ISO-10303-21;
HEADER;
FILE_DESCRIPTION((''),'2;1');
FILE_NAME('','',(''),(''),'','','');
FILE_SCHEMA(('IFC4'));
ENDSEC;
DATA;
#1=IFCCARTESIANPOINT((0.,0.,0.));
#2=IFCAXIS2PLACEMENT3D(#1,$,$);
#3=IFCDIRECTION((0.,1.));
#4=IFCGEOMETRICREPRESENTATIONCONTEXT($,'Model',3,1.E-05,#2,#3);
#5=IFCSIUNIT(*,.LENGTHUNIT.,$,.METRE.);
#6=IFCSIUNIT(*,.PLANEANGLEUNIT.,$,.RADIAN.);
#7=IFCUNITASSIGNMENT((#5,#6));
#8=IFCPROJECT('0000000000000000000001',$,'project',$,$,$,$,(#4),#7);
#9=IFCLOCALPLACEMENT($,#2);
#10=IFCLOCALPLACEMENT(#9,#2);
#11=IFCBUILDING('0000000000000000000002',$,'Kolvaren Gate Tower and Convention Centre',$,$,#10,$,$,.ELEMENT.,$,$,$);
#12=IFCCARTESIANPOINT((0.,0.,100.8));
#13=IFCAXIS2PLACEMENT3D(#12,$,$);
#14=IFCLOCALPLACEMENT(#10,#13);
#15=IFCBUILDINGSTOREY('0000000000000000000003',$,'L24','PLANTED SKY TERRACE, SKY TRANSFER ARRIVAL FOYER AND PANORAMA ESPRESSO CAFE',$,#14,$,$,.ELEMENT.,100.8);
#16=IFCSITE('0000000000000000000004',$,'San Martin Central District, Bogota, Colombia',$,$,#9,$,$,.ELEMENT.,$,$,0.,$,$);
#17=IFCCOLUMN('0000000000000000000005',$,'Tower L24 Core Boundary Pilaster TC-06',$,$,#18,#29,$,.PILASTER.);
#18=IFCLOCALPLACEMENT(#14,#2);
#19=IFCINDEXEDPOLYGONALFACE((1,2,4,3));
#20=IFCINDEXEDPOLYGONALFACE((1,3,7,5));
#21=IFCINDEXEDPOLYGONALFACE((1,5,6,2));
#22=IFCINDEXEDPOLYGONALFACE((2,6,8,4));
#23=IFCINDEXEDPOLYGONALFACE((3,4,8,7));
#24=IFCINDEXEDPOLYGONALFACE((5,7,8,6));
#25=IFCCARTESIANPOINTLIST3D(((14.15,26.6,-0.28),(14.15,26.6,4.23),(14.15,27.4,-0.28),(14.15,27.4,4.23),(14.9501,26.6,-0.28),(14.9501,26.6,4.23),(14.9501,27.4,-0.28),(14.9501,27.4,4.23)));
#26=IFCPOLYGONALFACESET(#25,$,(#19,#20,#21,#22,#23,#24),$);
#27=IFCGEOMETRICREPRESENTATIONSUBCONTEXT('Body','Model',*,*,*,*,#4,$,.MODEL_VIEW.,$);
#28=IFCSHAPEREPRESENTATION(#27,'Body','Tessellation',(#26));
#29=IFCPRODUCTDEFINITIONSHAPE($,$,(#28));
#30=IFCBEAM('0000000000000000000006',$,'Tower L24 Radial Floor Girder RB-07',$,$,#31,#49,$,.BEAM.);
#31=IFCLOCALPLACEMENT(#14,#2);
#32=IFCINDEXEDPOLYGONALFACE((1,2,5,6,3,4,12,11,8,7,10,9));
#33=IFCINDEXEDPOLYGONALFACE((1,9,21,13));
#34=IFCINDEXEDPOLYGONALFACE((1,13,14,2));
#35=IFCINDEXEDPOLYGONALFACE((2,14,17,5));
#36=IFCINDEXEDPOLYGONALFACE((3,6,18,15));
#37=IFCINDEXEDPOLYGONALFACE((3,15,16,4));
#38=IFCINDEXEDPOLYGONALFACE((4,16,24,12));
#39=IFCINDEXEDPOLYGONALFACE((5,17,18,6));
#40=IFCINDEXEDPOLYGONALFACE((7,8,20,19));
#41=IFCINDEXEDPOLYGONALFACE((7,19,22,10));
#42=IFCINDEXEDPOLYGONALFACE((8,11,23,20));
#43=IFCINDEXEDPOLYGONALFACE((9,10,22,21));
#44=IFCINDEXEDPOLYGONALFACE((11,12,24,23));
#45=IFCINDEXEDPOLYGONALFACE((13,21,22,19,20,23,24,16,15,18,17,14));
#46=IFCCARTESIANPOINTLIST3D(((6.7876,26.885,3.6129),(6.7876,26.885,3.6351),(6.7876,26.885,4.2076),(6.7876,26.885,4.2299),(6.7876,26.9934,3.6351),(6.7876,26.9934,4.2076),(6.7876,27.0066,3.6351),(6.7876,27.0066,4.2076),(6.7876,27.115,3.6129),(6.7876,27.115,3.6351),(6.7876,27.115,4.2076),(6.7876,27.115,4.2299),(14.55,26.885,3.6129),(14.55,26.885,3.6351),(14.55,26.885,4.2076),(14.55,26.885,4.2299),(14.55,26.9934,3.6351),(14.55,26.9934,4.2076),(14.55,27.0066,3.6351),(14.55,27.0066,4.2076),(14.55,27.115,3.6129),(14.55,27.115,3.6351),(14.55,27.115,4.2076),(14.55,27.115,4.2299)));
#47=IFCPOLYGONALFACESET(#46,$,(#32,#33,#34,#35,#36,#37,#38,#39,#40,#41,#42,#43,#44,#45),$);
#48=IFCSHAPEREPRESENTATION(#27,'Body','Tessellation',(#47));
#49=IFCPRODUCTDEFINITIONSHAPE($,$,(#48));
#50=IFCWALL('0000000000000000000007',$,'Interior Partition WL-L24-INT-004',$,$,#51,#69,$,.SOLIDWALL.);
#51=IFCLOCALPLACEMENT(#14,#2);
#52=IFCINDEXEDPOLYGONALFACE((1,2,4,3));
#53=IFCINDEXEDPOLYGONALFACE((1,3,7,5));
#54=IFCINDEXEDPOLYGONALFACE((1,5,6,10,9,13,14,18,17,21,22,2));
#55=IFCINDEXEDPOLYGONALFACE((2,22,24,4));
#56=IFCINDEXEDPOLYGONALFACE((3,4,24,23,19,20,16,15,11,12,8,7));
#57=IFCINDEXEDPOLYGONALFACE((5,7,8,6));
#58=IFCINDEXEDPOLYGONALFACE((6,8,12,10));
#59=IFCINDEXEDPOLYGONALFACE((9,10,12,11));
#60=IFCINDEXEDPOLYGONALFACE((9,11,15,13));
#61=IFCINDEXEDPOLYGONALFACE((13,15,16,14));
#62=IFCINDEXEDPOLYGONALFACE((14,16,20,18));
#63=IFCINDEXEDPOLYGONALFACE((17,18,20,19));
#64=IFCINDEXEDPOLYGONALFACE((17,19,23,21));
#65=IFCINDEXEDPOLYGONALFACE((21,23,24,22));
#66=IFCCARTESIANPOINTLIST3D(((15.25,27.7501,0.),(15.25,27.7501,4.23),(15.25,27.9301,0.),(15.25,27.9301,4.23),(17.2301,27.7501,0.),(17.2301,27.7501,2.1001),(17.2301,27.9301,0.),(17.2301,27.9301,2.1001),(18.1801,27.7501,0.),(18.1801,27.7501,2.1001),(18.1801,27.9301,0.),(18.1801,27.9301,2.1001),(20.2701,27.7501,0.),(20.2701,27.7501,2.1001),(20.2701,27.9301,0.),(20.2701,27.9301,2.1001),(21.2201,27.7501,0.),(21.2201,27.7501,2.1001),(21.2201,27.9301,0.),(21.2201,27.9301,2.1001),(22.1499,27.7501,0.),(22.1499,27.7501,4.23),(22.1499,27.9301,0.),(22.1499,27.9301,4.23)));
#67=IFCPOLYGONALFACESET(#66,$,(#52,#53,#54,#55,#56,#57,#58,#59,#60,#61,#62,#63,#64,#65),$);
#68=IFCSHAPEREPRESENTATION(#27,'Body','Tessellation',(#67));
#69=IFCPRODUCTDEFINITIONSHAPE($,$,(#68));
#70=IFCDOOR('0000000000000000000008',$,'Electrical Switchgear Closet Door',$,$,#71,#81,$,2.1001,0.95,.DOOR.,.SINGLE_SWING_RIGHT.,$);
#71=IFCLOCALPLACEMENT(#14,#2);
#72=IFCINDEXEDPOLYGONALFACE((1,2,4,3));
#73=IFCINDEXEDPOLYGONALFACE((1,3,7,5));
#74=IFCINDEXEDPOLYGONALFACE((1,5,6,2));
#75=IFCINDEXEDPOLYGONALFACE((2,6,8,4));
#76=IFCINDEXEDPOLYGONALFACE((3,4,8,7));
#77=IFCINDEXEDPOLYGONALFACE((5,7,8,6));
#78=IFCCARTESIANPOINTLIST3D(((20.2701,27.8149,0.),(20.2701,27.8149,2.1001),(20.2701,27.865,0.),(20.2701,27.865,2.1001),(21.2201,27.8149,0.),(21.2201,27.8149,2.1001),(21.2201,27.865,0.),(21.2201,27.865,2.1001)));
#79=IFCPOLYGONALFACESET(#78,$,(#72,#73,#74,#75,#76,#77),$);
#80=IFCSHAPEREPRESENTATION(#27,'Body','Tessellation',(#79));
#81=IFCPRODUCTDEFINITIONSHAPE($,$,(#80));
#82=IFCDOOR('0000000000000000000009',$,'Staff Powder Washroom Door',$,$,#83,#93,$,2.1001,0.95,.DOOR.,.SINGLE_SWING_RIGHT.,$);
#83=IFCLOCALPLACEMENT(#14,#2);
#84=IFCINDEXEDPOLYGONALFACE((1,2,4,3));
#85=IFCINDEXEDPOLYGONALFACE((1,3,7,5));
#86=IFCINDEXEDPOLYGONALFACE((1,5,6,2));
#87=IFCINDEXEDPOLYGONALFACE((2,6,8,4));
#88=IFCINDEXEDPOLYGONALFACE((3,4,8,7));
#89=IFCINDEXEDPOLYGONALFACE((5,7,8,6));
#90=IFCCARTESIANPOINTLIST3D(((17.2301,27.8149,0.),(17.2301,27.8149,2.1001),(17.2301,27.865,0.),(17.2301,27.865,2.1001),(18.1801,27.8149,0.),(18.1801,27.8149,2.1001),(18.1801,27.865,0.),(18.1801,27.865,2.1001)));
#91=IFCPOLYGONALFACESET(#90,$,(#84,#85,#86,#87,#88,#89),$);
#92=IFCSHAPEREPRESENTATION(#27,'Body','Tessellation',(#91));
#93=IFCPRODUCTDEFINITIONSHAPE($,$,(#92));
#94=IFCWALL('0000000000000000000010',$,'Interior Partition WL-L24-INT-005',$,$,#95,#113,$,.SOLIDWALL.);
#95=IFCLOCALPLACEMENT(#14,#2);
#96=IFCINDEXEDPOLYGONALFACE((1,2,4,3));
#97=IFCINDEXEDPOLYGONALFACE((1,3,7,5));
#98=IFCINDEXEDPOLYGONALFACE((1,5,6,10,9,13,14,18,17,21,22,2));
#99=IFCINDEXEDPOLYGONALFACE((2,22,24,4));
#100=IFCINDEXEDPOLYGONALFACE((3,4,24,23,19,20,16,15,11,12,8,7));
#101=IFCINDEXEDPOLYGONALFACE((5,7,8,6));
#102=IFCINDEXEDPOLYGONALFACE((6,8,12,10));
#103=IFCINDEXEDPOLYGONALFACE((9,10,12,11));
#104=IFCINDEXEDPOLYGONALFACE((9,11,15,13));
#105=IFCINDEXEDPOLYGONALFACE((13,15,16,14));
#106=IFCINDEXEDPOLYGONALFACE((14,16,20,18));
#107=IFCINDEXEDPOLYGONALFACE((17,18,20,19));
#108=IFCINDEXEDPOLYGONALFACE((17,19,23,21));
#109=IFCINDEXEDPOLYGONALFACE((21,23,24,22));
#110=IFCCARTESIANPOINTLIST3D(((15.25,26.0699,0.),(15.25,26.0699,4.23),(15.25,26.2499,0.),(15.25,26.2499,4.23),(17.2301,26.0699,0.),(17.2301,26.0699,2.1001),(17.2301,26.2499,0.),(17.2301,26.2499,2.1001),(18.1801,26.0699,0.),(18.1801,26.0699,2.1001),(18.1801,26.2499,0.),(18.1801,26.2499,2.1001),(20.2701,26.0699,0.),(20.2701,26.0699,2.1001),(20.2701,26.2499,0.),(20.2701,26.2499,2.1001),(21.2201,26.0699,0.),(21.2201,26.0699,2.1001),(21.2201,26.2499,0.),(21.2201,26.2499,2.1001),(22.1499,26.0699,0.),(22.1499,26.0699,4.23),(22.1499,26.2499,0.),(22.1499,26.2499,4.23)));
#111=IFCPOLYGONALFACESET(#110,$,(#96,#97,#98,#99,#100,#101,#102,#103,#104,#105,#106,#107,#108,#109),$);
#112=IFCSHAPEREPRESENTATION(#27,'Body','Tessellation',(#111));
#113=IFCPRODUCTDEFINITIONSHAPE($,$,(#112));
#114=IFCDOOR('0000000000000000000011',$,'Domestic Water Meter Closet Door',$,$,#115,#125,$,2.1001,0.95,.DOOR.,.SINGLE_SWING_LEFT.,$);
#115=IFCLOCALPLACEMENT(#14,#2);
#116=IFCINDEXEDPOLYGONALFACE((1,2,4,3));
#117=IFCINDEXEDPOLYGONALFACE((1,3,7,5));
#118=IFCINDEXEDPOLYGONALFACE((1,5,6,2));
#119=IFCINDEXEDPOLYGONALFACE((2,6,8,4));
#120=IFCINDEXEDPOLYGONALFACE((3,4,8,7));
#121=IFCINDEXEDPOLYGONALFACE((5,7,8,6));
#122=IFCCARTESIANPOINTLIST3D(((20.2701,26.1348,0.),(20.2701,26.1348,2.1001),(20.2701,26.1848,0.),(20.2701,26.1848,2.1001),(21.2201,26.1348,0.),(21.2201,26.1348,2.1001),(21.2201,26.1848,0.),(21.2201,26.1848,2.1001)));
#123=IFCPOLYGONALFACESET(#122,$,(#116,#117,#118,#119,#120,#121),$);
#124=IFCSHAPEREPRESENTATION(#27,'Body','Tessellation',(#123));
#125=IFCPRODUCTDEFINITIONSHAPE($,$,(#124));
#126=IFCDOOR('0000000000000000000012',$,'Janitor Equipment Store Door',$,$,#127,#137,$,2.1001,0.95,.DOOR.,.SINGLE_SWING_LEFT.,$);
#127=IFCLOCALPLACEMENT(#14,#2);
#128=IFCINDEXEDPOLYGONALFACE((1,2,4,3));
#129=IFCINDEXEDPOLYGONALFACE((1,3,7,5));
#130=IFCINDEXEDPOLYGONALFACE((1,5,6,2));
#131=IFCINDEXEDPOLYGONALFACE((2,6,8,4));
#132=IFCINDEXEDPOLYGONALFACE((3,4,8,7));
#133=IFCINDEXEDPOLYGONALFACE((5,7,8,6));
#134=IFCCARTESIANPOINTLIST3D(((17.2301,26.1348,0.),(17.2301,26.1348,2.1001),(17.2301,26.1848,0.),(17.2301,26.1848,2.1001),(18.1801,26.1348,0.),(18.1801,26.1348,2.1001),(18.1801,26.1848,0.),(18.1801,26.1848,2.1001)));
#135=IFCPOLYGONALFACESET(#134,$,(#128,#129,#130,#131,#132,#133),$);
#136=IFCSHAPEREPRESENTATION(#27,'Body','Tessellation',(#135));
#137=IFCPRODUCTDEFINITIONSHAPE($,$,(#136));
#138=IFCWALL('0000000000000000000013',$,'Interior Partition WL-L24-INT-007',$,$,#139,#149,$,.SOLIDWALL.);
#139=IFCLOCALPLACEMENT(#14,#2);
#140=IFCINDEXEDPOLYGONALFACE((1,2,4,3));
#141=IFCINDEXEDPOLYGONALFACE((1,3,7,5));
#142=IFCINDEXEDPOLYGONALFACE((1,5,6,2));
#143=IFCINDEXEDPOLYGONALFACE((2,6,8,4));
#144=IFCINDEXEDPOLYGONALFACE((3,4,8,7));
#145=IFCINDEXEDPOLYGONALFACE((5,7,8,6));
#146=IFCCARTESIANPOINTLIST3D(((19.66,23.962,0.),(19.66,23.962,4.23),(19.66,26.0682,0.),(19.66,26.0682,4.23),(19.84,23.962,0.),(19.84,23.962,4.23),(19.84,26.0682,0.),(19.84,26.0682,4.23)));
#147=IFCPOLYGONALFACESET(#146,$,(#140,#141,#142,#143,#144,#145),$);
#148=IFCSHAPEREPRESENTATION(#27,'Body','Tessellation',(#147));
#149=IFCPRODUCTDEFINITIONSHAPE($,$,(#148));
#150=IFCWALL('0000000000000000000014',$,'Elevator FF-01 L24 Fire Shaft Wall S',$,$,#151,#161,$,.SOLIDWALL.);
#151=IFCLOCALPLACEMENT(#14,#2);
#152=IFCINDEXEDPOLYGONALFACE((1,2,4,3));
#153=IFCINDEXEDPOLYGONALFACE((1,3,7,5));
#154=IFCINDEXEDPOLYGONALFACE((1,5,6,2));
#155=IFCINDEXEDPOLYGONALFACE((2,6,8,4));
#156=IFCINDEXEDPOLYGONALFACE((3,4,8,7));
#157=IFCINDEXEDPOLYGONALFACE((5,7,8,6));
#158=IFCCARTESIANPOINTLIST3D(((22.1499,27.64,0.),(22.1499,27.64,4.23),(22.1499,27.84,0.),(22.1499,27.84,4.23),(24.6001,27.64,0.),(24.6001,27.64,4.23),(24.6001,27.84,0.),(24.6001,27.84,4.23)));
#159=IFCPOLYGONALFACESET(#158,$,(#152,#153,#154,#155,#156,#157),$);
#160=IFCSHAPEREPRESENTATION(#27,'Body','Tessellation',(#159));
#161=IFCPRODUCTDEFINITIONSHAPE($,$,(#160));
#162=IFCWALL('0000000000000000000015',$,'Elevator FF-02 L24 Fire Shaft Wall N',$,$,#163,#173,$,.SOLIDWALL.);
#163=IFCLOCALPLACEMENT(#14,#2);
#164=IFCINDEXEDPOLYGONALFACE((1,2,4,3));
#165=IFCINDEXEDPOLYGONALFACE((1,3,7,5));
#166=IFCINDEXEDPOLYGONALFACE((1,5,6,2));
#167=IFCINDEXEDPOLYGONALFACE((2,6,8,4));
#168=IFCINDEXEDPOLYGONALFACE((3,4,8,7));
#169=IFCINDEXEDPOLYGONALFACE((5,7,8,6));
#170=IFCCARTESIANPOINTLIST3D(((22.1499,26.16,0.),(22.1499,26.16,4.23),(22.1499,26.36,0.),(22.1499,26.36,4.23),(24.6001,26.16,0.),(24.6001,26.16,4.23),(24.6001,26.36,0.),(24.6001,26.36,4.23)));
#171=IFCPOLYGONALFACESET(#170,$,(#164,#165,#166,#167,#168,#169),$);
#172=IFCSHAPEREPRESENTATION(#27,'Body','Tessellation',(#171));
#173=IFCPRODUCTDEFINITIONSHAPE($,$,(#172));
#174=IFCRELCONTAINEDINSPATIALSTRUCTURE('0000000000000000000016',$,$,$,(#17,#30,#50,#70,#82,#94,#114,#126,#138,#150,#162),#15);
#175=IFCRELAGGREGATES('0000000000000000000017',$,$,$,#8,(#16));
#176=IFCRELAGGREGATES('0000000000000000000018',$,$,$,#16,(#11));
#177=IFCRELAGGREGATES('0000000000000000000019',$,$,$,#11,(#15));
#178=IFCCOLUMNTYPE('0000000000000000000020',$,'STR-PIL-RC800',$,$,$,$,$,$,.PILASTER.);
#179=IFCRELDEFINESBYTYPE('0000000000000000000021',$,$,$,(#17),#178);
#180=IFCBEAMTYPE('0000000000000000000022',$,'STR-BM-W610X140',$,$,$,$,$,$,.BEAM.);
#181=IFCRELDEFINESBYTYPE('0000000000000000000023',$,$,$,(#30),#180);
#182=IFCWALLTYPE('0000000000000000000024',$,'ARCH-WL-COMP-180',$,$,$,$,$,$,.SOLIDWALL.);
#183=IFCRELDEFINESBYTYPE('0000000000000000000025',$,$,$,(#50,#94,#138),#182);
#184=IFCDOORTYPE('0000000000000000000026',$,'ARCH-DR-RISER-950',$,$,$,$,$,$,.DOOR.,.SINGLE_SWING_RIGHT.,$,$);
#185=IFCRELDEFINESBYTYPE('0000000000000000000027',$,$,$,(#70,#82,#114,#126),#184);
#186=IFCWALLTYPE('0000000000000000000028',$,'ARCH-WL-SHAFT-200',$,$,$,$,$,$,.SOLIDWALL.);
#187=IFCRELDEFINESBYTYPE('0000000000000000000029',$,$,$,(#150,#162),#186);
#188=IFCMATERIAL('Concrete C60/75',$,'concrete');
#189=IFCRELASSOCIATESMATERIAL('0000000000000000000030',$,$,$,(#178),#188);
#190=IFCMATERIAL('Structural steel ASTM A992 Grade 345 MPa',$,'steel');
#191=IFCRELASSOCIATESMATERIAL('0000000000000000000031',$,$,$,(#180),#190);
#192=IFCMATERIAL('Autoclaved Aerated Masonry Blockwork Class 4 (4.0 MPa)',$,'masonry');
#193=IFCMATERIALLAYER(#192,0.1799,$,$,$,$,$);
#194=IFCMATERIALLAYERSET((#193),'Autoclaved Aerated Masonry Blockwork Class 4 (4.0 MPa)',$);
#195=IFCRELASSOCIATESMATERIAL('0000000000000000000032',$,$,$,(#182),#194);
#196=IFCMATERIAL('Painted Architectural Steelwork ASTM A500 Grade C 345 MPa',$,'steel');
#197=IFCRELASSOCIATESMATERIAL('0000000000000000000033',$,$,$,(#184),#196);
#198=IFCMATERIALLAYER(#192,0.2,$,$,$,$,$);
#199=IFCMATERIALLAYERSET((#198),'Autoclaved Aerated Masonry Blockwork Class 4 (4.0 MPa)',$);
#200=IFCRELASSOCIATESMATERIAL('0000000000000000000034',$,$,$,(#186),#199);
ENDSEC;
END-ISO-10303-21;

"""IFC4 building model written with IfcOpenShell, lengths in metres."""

from ifc_helpers import new_model, si_unit, direction, frame, frame_2d, origin, origin_2d, place, context, subcontext, project, spatial, rectangle, i_section, extrude, material, layer, layer_set, material_profile, profile_set, type_object, element, fill, save


model = new_model("IFC4")

# Units and contexts
model_context = context("Model", 3, precision=1e-05, world=origin(), true_north=direction((0.0, 1.0)))
body_context = subcontext(model_context, "Body", "Model", "MODEL_VIEW")
ifc_project = project(units=[si_unit("LENGTHUNIT", "METRE"), si_unit("PLANEANGLEUNIT", "RADIAN")], contexts=[model_context])

# Site, building, storey
site_placement = place(None, origin())
site = spatial("IfcSite", under=ifc_project, at=site_placement, Name="San Martin Central District, Bogota, Colombia", CompositionType="ELEMENT", RefElevation=0.0)
building_placement = place(site_placement, origin())
building = spatial("IfcBuilding", under=site, at=building_placement, Name="Kolvaren Gate Tower and Convention Centre", CompositionType="ELEMENT")
storey_placement = place(building_placement, frame((0.0, 0.0, 100.8)))
storey = spatial("IfcBuildingStorey", under=building, at=storey_placement, Name="L24", Description="PLANTED SKY TERRACE, SKY TRANSFER ARRIVAL FOYER AND PANORAMA ESPRESSO CAFE", CompositionType="ELEMENT", Elevation=100.8)

# Column
ifc_material_1 = material(Name="Concrete C60/75", Category="concrete")
ifc_material_profile_1 = material_profile(ifc_material_1, rectangle(XDim=0.8, YDim=0.8, at=origin_2d()), Name="RC-COL-800X800")
ifc_profile_set_1 = profile_set([ifc_material_profile_1], Name="Concrete C60/75")
column_type = type_object("IfcColumnType", Name="STR-PIL-RC800", PredefinedType="PILASTER", material=ifc_profile_set_1)
column_placement = place(storey_placement, frame((14.55, 27.0, -0.28), z_axis=(0.0, 0.0, 1.0), x_axis=(1.0, 0.0, 0.0)))
element("IfcColumn", 1, at=column_placement, inside=storey, type_object=column_type, Name="Tower L24 Core Boundary Pilaster TC-06", PredefinedType="PILASTER", context=body_context, shape_type="SweptSolid", body=[
    extrude(rectangle(XDim=0.8, YDim=0.8, at=origin_2d()), origin(), (0.0, 0.0, 1.0), 4.51),
])

# Beam
ifc_material_2 = material(Name="Structural steel ASTM A992 Grade 345 MPa", Category="steel")
ifc_material_profile_2 = material_profile(ifc_material_2, i_section(OverallWidth=0.23, OverallDepth=0.6169, WebThickness=0.0132, FlangeThickness=0.0222, at=origin_2d()), Name="W610X140")
ifc_profile_set_2 = profile_set([ifc_material_profile_2], Name="Structural steel ASTM A992 Grade 345 MPa")
beam_type = type_object("IfcBeamType", Name="STR-BM-W610X140", PredefinedType="BEAM", material=ifc_profile_set_2)
beam_placement = place(storey_placement, frame((14.55, 27.0, 3.9214), z_axis=(-1.0, 0.0, 0.0), x_axis=(0.0, -1.0, 0.0)))
element("IfcBeam", 2, at=beam_placement, inside=storey, type_object=beam_type, Name="Tower L24 Radial Floor Girder RB-07", PredefinedType="BEAM", context=body_context, shape_type="SweptSolid", body=[
    extrude(i_section(OverallWidth=0.23, OverallDepth=0.6169, WebThickness=0.0132, FlangeThickness=0.0222, at=origin_2d()), origin(), (0.0, 0.0, 1.0), 7.7625),
])

# Walls, openings, doors
ifc_material_3 = material(Name="Autoclaved Aerated Masonry Blockwork Class 4 (4.0 MPa)", Category="masonry")
ifc_layer_1 = layer(ifc_material_3, 0.1799)
ifc_layer_set_1 = layer_set([ifc_layer_1], Name="Autoclaved Aerated Masonry Blockwork Class 4 (4.0 MPa)")
wall_type_1 = type_object("IfcWallType", Name="ARCH-WL-COMP-180", PredefinedType="SOLIDWALL", material=ifc_layer_set_1)
wall_1_placement = place(storey_placement, frame((15.25, 27.8401, 0.0), z_axis=(0.0, 0.0, 1.0), x_axis=(1.0, 0.0, 0.0)))
wall_1 = element("IfcWall", 3, at=wall_1_placement, inside=storey, type_object=wall_type_1, Name="Interior Partition WL-L24-INT-004", PredefinedType="SOLIDWALL", context=body_context, shape_type="SweptSolid", body=[
    extrude(rectangle(XDim=6.8999, YDim=0.1799, at=frame_2d((3.45, 0.0))), origin(), (0.0, 0.0, 1.0), 4.23),
])
opening_1_placement = place(wall_1_placement, frame((5.02, 0.0, 0.0)))
opening_1 = element("IfcOpeningElement", 4, at=opening_1_placement, cuts=wall_1, PredefinedType="OPENING", context=body_context, shape_type="SweptSolid", body=[
    extrude(rectangle(XDim=0.95, YDim=2.1001, at=frame_2d((0.4751, 1.05))), frame((0.0, 0.0999, 0.0), z_axis=(0.0, -1.0, 0.0), x_axis=(1.0, 0.0, 0.0)), (0.0, 0.0, 1.0), 0.2),
])
opening_2_placement = place(wall_1_placement, frame((1.98, 0.0, 0.0)))
opening_2 = element("IfcOpeningElement", 5, at=opening_2_placement, cuts=wall_1, PredefinedType="OPENING", context=body_context, shape_type="SweptSolid", body=[
    extrude(rectangle(XDim=0.95, YDim=2.1001, at=frame_2d((0.4751, 1.05))), frame((0.0, 0.0999, 0.0), z_axis=(0.0, -1.0, 0.0), x_axis=(1.0, 0.0, 0.0)), (0.0, 0.0, 1.0), 0.2),
])
ifc_material_4 = material(Name="Painted Architectural Steelwork ASTM A500 Grade C 345 MPa", Category="steel")
door_type = type_object("IfcDoorType", Name="ARCH-DR-RISER-950", OperationType="SINGLE_SWING_RIGHT", PredefinedType="DOOR", material=ifc_material_4)
door_1_placement = place(opening_1_placement, origin())
door_1 = element("IfcDoor", 6, at=door_1_placement, inside=storey, type_object=door_type, Name="Electrical Switchgear Closet Door", OperationType="SINGLE_SWING_RIGHT", OverallHeight=2.1001, OverallWidth=0.95, PredefinedType="DOOR", context=body_context, shape_type="SweptSolid", body=[
    extrude(rectangle(XDim=0.95, YDim=2.1001, at=frame_2d((0.4751, 1.05))), frame((0.0, 0.0249, 0.0), z_axis=(0.0, -1.0, 0.0), x_axis=(1.0, 0.0, 0.0)), (0.0, 0.0, 1.0), 0.05),
])
fill(opening_1, door_1)
door_2_placement = place(opening_2_placement, origin())
door_2 = element("IfcDoor", 7, at=door_2_placement, inside=storey, type_object=door_type, Name="Staff Powder Washroom Door", OperationType="SINGLE_SWING_RIGHT", OverallHeight=2.1001, OverallWidth=0.95, PredefinedType="DOOR", context=body_context, shape_type="SweptSolid", body=[
    extrude(rectangle(XDim=0.95, YDim=2.1001, at=frame_2d((0.4751, 1.05))), frame((0.0, 0.0249, 0.0), z_axis=(0.0, -1.0, 0.0), x_axis=(1.0, 0.0, 0.0)), (0.0, 0.0, 1.0), 0.05),
])
fill(opening_2, door_2)
wall_2_placement = place(storey_placement, frame((15.25, 26.1599, 0.0), z_axis=(0.0, 0.0, 1.0), x_axis=(1.0, 0.0, 0.0)))
wall_2 = element("IfcWall", 8, at=wall_2_placement, inside=storey, type_object=wall_type_1, Name="Interior Partition WL-L24-INT-005", PredefinedType="SOLIDWALL", context=body_context, shape_type="SweptSolid", body=[
    extrude(rectangle(XDim=6.8999, YDim=0.1799, at=frame_2d((3.45, 0.0))), origin(), (0.0, 0.0, 1.0), 4.23),
])
opening_3_placement = place(wall_2_placement, frame((5.02, 0.0, 0.0)))
opening_3 = element("IfcOpeningElement", 9, at=opening_3_placement, cuts=wall_2, PredefinedType="OPENING", context=body_context, shape_type="SweptSolid", body=[
    extrude(rectangle(XDim=0.95, YDim=2.1001, at=frame_2d((0.4751, 1.05))), frame((0.0, 0.0999, 0.0), z_axis=(0.0, -1.0, 0.0), x_axis=(1.0, 0.0, 0.0)), (0.0, 0.0, 1.0), 0.2),
])
opening_4_placement = place(wall_2_placement, frame((1.98, 0.0, 0.0)))
opening_4 = element("IfcOpeningElement", 10, at=opening_4_placement, cuts=wall_2, PredefinedType="OPENING", context=body_context, shape_type="SweptSolid", body=[
    extrude(rectangle(XDim=0.95, YDim=2.1001, at=frame_2d((0.4751, 1.05))), frame((0.0, 0.0999, 0.0), z_axis=(0.0, -1.0, 0.0), x_axis=(1.0, 0.0, 0.0)), (0.0, 0.0, 1.0), 0.2),
])
door_3_placement = place(opening_3_placement, origin())
door_3 = element("IfcDoor", 11, at=door_3_placement, inside=storey, type_object=door_type, Name="Domestic Water Meter Closet Door", OperationType="SINGLE_SWING_LEFT", OverallHeight=2.1001, OverallWidth=0.95, PredefinedType="DOOR", context=body_context, shape_type="SweptSolid", body=[
    extrude(rectangle(XDim=0.95, YDim=2.1001, at=frame_2d((0.4751, 1.05))), frame((0.0, 0.0249, 0.0), z_axis=(0.0, -1.0, 0.0), x_axis=(1.0, 0.0, 0.0)), (0.0, 0.0, 1.0), 0.05),
])
fill(opening_3, door_3)
door_4_placement = place(opening_4_placement, origin())
door_4 = element("IfcDoor", 12, at=door_4_placement, inside=storey, type_object=door_type, Name="Janitor Equipment Store Door", OperationType="SINGLE_SWING_LEFT", OverallHeight=2.1001, OverallWidth=0.95, PredefinedType="DOOR", context=body_context, shape_type="SweptSolid", body=[
    extrude(rectangle(XDim=0.95, YDim=2.1001, at=frame_2d((0.4751, 1.05))), frame((0.0, 0.0249, 0.0), z_axis=(0.0, -1.0, 0.0), x_axis=(1.0, 0.0, 0.0)), (0.0, 0.0, 1.0), 0.05),
])
fill(opening_4, door_4)

# Walls
wall_3_placement = place(storey_placement, frame((19.75, 23.9619, 0.0), z_axis=(0.0, 0.0, 1.0), x_axis=(0.0, 1.0, 0.0)))
element("IfcWall", 13, at=wall_3_placement, inside=storey, type_object=wall_type_1, Name="Interior Partition WL-L24-INT-007", PredefinedType="SOLIDWALL", context=body_context, shape_type="SweptSolid", body=[
    extrude(rectangle(XDim=2.1062, YDim=0.1799, at=frame_2d((1.0532, 0.0))), origin(), (0.0, 0.0, 1.0), 4.23),
])
ifc_layer_2 = layer(ifc_material_3, 0.2)
ifc_layer_set_2 = layer_set([ifc_layer_2], Name="Autoclaved Aerated Masonry Blockwork Class 4 (4.0 MPa)")
wall_type_2 = type_object("IfcWallType", Name="ARCH-WL-SHAFT-200", PredefinedType="SOLIDWALL", material=ifc_layer_set_2)
for number, where, z_axis, x_axis, name in (
    (14, (22.1499, 27.74, 0.0), (0.0, 0.0, 1.0), (1.0, 0.0, 0.0), "Elevator FF-01 L24 Fire Shaft Wall S"),
    (15, (22.1499, 26.26, 0.0), (0.0, 0.0, 1.0), (1.0, 0.0, 0.0), "Elevator FF-02 L24 Fire Shaft Wall N"),
):
    element("IfcWall", number, at=place(storey_placement, frame(where, z_axis=z_axis, x_axis=x_axis)), inside=storey, type_object=wall_type_2, Name=name, PredefinedType="SOLIDWALL", context=body_context, shape_type="SweptSolid", body=[
        extrude(rectangle(XDim=2.4502, YDim=0.2, at=frame_2d((1.2251, 0.0))), origin(), (0.0, 0.0, 1.0), 4.23),
    ])

save(model, "model.ifc")
